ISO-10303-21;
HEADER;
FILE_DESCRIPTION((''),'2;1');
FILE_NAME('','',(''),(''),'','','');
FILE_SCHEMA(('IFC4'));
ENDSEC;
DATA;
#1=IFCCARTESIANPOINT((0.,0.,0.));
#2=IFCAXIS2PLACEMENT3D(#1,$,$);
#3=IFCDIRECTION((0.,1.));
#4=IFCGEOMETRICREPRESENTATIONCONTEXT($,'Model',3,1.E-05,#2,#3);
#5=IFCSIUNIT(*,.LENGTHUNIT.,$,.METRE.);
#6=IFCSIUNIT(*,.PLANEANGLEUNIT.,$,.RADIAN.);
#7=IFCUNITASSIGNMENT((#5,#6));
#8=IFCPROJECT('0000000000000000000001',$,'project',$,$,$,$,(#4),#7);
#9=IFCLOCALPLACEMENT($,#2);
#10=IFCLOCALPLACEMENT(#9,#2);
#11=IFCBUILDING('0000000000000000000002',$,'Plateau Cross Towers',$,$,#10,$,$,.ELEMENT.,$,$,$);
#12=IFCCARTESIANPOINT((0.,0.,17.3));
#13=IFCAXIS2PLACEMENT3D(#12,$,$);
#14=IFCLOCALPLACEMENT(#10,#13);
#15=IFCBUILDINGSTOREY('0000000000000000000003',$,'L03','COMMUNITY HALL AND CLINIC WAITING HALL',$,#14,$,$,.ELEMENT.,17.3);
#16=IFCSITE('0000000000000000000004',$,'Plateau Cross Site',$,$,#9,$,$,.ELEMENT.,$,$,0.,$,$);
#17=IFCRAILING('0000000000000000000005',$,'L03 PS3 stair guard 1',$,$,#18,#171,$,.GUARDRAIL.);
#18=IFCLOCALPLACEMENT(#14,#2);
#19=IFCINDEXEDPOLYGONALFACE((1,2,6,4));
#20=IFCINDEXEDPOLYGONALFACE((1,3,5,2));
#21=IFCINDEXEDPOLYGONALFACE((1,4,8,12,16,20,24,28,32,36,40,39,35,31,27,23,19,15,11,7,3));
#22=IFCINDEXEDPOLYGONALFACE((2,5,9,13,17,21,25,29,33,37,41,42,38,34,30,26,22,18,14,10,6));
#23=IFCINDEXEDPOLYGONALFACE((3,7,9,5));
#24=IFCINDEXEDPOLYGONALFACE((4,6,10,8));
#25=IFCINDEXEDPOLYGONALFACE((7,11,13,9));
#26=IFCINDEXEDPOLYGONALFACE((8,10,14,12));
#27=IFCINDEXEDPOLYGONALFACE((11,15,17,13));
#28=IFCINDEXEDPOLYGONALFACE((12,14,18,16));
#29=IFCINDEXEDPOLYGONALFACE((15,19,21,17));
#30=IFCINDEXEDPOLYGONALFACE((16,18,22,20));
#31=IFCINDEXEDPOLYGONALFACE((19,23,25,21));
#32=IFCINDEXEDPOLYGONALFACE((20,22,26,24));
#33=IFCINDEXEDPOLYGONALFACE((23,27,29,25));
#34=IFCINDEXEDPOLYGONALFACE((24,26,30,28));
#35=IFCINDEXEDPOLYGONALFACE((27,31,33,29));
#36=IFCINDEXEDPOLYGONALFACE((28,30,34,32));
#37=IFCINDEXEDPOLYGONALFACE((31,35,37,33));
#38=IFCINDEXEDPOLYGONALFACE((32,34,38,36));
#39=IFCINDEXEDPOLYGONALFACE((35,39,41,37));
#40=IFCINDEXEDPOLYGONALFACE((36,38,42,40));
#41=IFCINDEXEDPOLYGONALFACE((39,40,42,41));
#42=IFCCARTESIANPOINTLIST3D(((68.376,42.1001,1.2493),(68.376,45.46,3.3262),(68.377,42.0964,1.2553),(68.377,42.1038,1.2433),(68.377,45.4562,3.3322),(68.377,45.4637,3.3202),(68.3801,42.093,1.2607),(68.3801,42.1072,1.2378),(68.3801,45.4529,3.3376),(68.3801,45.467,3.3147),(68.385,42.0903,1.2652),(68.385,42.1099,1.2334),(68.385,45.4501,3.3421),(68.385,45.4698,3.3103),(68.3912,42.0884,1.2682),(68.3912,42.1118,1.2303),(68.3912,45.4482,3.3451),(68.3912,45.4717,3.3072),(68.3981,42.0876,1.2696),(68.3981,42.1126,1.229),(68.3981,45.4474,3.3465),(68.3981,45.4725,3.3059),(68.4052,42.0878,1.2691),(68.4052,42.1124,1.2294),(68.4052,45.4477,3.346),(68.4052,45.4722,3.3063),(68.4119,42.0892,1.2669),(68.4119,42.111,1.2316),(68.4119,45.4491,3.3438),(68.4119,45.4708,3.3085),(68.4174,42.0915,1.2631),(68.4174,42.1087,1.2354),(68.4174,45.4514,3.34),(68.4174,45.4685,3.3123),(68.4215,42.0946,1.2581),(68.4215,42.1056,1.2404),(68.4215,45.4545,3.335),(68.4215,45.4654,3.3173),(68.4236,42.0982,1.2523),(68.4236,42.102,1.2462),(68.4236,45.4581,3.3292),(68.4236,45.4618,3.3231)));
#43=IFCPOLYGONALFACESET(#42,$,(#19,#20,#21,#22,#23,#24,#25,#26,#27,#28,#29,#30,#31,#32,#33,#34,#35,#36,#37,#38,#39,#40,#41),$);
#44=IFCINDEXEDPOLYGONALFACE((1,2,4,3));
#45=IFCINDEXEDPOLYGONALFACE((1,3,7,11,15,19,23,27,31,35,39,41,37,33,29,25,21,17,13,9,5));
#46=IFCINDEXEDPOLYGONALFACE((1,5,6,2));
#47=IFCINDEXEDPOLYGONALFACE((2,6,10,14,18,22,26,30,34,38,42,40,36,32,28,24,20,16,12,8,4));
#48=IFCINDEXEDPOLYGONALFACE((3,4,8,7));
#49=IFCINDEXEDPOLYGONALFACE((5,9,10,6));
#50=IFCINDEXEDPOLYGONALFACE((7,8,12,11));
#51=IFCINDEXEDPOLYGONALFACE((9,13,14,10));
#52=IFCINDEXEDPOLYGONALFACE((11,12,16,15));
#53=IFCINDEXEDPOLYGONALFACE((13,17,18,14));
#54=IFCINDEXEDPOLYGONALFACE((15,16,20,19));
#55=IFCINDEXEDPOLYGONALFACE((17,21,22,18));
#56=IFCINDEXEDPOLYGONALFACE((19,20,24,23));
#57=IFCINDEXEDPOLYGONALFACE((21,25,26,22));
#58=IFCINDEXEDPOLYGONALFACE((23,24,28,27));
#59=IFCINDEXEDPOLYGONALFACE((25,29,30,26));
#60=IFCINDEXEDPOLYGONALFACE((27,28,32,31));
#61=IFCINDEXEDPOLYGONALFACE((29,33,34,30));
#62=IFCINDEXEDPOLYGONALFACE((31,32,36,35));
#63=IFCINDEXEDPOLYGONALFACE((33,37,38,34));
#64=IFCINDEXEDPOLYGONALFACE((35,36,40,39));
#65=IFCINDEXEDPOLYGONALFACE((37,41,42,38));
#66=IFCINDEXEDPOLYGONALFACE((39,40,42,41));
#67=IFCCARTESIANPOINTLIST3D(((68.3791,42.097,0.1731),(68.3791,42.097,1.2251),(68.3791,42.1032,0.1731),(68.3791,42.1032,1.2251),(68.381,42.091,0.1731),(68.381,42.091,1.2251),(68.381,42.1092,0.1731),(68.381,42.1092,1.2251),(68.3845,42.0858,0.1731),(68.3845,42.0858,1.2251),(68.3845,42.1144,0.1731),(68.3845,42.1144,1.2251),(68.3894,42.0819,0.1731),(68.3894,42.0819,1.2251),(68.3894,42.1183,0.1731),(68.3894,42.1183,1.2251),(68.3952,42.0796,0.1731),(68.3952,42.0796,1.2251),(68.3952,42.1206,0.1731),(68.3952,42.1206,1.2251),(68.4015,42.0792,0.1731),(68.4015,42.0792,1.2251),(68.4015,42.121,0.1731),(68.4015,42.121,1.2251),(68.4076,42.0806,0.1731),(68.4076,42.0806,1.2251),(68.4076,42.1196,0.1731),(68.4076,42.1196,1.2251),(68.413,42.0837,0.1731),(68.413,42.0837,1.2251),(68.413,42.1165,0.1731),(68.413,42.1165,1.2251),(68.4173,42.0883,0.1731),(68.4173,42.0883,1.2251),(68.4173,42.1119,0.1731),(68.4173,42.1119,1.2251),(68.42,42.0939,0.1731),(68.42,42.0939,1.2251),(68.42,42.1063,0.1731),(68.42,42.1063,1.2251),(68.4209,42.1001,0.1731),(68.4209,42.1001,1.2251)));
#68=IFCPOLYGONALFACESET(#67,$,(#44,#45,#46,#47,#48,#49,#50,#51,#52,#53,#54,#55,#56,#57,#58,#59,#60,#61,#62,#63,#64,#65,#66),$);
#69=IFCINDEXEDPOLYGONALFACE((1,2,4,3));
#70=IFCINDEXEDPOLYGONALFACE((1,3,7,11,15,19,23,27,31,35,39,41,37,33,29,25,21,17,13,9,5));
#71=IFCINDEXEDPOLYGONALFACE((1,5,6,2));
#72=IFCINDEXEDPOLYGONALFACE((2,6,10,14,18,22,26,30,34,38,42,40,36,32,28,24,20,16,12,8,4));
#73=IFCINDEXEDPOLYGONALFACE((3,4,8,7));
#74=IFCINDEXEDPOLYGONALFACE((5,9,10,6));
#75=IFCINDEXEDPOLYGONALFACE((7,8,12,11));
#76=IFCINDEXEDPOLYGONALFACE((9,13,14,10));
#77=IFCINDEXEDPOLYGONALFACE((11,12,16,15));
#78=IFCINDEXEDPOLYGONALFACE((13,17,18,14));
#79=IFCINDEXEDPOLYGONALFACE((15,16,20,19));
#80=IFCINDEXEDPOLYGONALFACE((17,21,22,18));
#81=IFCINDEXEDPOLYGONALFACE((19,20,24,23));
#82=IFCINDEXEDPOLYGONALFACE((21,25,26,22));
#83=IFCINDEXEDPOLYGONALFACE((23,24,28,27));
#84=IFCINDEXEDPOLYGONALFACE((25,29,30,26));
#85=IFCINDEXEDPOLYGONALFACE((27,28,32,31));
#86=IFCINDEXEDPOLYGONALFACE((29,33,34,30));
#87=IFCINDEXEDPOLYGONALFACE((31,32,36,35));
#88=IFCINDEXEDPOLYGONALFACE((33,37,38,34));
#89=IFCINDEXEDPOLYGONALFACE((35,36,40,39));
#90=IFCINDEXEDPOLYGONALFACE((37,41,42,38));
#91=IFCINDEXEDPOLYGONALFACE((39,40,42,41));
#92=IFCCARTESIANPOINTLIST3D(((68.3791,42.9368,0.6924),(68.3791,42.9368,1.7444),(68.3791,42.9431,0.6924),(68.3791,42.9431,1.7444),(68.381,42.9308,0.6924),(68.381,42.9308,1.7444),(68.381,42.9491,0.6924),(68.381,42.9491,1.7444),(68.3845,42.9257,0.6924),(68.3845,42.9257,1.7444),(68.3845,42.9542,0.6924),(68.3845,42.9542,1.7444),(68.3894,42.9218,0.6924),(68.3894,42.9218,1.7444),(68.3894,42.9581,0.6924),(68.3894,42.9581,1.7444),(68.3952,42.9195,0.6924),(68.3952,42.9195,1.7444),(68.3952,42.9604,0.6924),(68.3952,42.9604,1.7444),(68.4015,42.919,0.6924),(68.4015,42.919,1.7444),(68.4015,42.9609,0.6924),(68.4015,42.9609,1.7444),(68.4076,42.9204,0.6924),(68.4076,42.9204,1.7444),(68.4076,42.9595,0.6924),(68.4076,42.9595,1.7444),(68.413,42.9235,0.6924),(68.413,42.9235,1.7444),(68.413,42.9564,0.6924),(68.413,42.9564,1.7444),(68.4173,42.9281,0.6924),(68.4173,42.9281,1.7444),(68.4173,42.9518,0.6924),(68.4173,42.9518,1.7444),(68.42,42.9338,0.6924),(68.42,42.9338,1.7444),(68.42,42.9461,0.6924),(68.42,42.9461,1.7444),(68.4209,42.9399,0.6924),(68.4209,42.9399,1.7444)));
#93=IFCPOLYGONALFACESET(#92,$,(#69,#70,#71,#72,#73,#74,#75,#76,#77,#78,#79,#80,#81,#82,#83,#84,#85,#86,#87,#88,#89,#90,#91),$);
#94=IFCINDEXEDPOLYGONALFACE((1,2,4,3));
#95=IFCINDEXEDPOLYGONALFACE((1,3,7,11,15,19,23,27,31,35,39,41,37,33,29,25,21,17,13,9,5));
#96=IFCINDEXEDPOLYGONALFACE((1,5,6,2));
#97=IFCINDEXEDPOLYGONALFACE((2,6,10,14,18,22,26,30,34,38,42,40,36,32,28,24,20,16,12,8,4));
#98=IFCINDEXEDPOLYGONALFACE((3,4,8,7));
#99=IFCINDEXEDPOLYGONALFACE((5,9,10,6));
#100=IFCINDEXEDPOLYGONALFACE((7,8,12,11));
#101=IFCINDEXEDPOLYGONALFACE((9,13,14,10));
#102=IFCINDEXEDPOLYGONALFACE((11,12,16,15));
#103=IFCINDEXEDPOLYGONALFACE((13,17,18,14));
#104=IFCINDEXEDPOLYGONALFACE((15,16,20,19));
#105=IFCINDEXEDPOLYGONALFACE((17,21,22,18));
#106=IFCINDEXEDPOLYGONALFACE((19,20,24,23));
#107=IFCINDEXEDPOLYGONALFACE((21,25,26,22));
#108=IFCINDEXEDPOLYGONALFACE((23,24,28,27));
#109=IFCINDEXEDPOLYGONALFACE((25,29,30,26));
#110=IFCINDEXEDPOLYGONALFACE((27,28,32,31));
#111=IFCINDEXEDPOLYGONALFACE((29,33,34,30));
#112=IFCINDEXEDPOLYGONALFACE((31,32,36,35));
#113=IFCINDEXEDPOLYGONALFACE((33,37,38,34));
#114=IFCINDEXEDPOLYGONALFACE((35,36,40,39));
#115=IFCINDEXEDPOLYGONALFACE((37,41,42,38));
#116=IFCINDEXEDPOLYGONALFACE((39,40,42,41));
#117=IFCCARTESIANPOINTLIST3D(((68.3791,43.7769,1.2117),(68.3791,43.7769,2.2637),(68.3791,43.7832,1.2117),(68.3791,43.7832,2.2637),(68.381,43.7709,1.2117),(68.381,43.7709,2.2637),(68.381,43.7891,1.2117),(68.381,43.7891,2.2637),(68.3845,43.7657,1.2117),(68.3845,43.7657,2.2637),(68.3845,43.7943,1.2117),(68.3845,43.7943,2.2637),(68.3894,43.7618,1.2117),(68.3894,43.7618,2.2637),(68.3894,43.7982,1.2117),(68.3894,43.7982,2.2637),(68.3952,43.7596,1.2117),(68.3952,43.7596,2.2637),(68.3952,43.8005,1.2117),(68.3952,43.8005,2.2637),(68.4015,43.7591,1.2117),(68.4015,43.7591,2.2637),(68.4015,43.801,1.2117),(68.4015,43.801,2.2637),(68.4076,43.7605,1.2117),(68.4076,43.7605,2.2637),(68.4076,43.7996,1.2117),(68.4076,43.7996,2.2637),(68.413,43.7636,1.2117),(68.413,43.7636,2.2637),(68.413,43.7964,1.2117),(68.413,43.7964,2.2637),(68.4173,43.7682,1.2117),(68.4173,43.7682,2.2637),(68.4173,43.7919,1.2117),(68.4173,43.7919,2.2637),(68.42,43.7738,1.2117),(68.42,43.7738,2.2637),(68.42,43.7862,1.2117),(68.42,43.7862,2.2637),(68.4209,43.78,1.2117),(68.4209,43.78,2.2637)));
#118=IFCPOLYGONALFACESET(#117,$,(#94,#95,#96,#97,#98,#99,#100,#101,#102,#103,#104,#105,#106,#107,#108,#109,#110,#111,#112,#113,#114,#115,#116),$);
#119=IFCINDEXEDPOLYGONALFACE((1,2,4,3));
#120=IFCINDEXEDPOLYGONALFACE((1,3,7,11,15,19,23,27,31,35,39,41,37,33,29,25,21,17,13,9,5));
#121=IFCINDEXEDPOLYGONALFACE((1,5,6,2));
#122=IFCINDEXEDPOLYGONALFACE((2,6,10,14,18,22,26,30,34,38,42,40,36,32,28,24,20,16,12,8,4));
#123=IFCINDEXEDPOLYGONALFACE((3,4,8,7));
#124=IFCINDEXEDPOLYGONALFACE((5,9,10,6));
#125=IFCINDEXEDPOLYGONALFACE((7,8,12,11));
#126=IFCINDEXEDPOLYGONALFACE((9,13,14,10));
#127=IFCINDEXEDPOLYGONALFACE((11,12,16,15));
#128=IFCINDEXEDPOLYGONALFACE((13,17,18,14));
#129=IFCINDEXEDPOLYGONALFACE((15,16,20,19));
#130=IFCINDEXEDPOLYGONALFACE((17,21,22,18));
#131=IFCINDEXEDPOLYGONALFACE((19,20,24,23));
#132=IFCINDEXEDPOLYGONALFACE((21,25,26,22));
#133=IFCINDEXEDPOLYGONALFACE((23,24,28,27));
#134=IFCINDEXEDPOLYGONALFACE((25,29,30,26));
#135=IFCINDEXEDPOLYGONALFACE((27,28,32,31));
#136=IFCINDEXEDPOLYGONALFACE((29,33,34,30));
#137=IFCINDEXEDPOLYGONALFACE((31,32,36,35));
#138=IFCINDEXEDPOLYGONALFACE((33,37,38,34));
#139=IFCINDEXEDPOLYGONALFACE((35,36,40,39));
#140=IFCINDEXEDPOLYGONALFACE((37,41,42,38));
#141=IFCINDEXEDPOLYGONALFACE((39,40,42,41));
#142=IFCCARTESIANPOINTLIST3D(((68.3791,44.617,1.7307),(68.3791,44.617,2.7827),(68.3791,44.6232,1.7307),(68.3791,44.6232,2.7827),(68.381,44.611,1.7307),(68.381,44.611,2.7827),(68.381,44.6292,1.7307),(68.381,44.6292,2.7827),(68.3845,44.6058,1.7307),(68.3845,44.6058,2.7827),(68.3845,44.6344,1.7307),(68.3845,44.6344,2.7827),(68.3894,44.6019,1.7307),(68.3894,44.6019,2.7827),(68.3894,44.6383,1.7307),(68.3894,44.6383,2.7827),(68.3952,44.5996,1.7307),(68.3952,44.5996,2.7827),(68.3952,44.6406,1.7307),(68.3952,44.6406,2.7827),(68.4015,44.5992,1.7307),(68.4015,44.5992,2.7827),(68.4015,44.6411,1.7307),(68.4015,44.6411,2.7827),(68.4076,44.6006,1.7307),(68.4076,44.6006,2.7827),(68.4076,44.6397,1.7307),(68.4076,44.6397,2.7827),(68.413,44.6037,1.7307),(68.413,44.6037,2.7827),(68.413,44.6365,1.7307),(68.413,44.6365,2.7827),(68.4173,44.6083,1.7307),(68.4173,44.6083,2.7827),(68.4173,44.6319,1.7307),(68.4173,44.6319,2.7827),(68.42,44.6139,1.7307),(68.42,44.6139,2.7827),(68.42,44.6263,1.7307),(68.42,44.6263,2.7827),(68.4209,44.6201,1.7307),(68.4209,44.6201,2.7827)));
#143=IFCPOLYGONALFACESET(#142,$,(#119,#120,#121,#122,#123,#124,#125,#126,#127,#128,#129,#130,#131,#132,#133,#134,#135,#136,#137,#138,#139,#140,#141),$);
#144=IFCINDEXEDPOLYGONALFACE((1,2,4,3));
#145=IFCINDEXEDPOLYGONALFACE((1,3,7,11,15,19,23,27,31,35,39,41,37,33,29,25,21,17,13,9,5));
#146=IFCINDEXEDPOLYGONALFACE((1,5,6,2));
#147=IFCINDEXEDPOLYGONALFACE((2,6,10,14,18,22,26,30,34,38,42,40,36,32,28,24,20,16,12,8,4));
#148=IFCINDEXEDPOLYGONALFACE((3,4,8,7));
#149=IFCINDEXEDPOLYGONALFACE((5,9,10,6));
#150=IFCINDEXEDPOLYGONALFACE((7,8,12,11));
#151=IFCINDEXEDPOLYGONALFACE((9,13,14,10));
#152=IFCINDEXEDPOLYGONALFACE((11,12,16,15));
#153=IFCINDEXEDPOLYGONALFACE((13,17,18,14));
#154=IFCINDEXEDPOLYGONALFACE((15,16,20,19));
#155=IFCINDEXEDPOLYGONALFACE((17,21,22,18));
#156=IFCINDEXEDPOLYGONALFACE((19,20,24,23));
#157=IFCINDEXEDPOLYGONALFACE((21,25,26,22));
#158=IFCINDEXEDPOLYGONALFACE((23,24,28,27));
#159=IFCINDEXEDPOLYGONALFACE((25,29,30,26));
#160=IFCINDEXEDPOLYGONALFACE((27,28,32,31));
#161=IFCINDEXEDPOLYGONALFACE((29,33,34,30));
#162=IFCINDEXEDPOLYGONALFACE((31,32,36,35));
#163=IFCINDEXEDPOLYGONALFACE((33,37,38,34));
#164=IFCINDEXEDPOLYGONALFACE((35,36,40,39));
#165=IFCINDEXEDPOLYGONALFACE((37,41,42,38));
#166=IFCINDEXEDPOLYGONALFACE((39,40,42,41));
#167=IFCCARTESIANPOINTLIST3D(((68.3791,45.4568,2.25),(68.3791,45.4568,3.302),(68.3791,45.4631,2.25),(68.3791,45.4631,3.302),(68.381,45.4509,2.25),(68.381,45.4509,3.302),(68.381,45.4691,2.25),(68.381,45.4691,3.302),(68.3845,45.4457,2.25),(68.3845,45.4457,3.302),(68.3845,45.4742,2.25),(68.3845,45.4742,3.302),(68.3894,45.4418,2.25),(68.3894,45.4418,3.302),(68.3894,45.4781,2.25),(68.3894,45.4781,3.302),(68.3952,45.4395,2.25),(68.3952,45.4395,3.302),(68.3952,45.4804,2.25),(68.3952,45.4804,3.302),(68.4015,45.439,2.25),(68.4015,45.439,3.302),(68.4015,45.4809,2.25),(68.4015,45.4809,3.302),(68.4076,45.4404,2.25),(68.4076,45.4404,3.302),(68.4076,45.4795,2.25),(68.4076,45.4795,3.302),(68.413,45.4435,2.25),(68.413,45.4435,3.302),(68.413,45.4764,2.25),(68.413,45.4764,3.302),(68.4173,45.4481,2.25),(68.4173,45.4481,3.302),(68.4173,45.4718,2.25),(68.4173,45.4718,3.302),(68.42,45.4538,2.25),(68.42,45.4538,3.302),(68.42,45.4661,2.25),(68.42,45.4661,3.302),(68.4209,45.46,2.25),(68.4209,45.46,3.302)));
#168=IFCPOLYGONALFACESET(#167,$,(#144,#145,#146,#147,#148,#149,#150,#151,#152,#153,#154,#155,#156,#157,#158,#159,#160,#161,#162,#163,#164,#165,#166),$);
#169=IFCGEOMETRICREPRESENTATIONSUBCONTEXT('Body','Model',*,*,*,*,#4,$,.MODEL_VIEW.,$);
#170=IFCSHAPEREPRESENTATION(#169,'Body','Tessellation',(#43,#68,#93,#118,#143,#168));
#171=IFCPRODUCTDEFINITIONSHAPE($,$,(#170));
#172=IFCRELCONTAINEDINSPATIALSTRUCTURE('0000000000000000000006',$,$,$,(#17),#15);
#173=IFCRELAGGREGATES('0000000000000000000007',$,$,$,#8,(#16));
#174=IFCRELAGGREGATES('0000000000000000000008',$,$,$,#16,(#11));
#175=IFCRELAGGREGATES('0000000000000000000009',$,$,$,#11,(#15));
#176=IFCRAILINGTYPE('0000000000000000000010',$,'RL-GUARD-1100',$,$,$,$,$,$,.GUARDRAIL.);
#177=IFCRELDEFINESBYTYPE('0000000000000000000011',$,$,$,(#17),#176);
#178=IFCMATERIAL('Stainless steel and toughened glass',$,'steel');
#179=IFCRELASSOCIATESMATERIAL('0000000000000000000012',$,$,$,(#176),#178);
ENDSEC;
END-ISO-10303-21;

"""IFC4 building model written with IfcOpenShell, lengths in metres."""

from ifc_helpers import new_model, si_unit, direction, frame, origin, origin_2d, place, context, subcontext, project, spatial, circle, extrude, material, type_object, element, save


model = new_model("IFC4")

# Units and contexts
model_context = context("Model", 3, precision=1e-05, world=origin(), true_north=direction((0.0, 1.0)))
body_context = subcontext(model_context, "Body", "Model", "MODEL_VIEW")
ifc_project = project(units=[si_unit("LENGTHUNIT", "METRE"), si_unit("PLANEANGLEUNIT", "RADIAN")], contexts=[model_context])

# Site, building, storey
site_placement = place(None, origin())
site = spatial("IfcSite", under=ifc_project, at=site_placement, Name="Plateau Cross Site", CompositionType="ELEMENT", RefElevation=0.0)
building_placement = place(site_placement, origin())
building = spatial("IfcBuilding", under=site, at=building_placement, Name="Plateau Cross Towers", CompositionType="ELEMENT")
storey_placement = place(building_placement, frame((0.0, 0.0, 17.3)))
storey = spatial("IfcBuildingStorey", under=building, at=storey_placement, Name="L03", Description="COMMUNITY HALL AND CLINIC WAITING HALL", CompositionType="ELEMENT", Elevation=17.3)

# Railing
ifc_material_1 = material(Name="Stainless steel and toughened glass", Category="steel")
railing_type_1 = type_object("IfcRailingType", Name="RL-GUARD-1100", PredefinedType="GUARDRAIL", material=ifc_material_1)
railing_1_placement = place(storey_placement, frame((68.3999, 42.1001, 0.1731)))
element("IfcRailing", 1, at=railing_1_placement, inside=storey, type_object=railing_type_1, Name="L03 PS3 stair guard 1", PredefinedType="GUARDRAIL", context=body_context, shape_type="SweptSolid", body=[
    extrude(circle(Radius=0.0239, at=origin_2d()), frame((0.0, 0.0, 1.0762), z_axis=(0.0, 0.850606, 0.525803), x_axis=(-1.0, 0.0, 0.0)), (0.0, 0.0, 1.0), 3.95),
    extrude(circle(Radius=0.021, at=origin_2d()), origin(), (0.0, 0.0, 1.0), 1.052),
    extrude(circle(Radius=0.021, at=origin_2d()), frame((0.0, 0.8398, 0.5193)), (0.0, 0.0, 1.0), 1.052),
    extrude(circle(Radius=0.021, at=origin_2d()), frame((0.0, 1.6799, 1.0386)), (0.0, 0.0, 1.0), 1.052),
    extrude(circle(Radius=0.021, at=origin_2d()), frame((0.0, 2.52, 1.5576)), (0.0, 0.0, 1.0), 1.052),
    extrude(circle(Radius=0.021, at=origin_2d()), frame((0.0, 3.3599, 2.0769)), (0.0, 0.0, 1.0), 1.052),
])

save(model, "model.ifc")
